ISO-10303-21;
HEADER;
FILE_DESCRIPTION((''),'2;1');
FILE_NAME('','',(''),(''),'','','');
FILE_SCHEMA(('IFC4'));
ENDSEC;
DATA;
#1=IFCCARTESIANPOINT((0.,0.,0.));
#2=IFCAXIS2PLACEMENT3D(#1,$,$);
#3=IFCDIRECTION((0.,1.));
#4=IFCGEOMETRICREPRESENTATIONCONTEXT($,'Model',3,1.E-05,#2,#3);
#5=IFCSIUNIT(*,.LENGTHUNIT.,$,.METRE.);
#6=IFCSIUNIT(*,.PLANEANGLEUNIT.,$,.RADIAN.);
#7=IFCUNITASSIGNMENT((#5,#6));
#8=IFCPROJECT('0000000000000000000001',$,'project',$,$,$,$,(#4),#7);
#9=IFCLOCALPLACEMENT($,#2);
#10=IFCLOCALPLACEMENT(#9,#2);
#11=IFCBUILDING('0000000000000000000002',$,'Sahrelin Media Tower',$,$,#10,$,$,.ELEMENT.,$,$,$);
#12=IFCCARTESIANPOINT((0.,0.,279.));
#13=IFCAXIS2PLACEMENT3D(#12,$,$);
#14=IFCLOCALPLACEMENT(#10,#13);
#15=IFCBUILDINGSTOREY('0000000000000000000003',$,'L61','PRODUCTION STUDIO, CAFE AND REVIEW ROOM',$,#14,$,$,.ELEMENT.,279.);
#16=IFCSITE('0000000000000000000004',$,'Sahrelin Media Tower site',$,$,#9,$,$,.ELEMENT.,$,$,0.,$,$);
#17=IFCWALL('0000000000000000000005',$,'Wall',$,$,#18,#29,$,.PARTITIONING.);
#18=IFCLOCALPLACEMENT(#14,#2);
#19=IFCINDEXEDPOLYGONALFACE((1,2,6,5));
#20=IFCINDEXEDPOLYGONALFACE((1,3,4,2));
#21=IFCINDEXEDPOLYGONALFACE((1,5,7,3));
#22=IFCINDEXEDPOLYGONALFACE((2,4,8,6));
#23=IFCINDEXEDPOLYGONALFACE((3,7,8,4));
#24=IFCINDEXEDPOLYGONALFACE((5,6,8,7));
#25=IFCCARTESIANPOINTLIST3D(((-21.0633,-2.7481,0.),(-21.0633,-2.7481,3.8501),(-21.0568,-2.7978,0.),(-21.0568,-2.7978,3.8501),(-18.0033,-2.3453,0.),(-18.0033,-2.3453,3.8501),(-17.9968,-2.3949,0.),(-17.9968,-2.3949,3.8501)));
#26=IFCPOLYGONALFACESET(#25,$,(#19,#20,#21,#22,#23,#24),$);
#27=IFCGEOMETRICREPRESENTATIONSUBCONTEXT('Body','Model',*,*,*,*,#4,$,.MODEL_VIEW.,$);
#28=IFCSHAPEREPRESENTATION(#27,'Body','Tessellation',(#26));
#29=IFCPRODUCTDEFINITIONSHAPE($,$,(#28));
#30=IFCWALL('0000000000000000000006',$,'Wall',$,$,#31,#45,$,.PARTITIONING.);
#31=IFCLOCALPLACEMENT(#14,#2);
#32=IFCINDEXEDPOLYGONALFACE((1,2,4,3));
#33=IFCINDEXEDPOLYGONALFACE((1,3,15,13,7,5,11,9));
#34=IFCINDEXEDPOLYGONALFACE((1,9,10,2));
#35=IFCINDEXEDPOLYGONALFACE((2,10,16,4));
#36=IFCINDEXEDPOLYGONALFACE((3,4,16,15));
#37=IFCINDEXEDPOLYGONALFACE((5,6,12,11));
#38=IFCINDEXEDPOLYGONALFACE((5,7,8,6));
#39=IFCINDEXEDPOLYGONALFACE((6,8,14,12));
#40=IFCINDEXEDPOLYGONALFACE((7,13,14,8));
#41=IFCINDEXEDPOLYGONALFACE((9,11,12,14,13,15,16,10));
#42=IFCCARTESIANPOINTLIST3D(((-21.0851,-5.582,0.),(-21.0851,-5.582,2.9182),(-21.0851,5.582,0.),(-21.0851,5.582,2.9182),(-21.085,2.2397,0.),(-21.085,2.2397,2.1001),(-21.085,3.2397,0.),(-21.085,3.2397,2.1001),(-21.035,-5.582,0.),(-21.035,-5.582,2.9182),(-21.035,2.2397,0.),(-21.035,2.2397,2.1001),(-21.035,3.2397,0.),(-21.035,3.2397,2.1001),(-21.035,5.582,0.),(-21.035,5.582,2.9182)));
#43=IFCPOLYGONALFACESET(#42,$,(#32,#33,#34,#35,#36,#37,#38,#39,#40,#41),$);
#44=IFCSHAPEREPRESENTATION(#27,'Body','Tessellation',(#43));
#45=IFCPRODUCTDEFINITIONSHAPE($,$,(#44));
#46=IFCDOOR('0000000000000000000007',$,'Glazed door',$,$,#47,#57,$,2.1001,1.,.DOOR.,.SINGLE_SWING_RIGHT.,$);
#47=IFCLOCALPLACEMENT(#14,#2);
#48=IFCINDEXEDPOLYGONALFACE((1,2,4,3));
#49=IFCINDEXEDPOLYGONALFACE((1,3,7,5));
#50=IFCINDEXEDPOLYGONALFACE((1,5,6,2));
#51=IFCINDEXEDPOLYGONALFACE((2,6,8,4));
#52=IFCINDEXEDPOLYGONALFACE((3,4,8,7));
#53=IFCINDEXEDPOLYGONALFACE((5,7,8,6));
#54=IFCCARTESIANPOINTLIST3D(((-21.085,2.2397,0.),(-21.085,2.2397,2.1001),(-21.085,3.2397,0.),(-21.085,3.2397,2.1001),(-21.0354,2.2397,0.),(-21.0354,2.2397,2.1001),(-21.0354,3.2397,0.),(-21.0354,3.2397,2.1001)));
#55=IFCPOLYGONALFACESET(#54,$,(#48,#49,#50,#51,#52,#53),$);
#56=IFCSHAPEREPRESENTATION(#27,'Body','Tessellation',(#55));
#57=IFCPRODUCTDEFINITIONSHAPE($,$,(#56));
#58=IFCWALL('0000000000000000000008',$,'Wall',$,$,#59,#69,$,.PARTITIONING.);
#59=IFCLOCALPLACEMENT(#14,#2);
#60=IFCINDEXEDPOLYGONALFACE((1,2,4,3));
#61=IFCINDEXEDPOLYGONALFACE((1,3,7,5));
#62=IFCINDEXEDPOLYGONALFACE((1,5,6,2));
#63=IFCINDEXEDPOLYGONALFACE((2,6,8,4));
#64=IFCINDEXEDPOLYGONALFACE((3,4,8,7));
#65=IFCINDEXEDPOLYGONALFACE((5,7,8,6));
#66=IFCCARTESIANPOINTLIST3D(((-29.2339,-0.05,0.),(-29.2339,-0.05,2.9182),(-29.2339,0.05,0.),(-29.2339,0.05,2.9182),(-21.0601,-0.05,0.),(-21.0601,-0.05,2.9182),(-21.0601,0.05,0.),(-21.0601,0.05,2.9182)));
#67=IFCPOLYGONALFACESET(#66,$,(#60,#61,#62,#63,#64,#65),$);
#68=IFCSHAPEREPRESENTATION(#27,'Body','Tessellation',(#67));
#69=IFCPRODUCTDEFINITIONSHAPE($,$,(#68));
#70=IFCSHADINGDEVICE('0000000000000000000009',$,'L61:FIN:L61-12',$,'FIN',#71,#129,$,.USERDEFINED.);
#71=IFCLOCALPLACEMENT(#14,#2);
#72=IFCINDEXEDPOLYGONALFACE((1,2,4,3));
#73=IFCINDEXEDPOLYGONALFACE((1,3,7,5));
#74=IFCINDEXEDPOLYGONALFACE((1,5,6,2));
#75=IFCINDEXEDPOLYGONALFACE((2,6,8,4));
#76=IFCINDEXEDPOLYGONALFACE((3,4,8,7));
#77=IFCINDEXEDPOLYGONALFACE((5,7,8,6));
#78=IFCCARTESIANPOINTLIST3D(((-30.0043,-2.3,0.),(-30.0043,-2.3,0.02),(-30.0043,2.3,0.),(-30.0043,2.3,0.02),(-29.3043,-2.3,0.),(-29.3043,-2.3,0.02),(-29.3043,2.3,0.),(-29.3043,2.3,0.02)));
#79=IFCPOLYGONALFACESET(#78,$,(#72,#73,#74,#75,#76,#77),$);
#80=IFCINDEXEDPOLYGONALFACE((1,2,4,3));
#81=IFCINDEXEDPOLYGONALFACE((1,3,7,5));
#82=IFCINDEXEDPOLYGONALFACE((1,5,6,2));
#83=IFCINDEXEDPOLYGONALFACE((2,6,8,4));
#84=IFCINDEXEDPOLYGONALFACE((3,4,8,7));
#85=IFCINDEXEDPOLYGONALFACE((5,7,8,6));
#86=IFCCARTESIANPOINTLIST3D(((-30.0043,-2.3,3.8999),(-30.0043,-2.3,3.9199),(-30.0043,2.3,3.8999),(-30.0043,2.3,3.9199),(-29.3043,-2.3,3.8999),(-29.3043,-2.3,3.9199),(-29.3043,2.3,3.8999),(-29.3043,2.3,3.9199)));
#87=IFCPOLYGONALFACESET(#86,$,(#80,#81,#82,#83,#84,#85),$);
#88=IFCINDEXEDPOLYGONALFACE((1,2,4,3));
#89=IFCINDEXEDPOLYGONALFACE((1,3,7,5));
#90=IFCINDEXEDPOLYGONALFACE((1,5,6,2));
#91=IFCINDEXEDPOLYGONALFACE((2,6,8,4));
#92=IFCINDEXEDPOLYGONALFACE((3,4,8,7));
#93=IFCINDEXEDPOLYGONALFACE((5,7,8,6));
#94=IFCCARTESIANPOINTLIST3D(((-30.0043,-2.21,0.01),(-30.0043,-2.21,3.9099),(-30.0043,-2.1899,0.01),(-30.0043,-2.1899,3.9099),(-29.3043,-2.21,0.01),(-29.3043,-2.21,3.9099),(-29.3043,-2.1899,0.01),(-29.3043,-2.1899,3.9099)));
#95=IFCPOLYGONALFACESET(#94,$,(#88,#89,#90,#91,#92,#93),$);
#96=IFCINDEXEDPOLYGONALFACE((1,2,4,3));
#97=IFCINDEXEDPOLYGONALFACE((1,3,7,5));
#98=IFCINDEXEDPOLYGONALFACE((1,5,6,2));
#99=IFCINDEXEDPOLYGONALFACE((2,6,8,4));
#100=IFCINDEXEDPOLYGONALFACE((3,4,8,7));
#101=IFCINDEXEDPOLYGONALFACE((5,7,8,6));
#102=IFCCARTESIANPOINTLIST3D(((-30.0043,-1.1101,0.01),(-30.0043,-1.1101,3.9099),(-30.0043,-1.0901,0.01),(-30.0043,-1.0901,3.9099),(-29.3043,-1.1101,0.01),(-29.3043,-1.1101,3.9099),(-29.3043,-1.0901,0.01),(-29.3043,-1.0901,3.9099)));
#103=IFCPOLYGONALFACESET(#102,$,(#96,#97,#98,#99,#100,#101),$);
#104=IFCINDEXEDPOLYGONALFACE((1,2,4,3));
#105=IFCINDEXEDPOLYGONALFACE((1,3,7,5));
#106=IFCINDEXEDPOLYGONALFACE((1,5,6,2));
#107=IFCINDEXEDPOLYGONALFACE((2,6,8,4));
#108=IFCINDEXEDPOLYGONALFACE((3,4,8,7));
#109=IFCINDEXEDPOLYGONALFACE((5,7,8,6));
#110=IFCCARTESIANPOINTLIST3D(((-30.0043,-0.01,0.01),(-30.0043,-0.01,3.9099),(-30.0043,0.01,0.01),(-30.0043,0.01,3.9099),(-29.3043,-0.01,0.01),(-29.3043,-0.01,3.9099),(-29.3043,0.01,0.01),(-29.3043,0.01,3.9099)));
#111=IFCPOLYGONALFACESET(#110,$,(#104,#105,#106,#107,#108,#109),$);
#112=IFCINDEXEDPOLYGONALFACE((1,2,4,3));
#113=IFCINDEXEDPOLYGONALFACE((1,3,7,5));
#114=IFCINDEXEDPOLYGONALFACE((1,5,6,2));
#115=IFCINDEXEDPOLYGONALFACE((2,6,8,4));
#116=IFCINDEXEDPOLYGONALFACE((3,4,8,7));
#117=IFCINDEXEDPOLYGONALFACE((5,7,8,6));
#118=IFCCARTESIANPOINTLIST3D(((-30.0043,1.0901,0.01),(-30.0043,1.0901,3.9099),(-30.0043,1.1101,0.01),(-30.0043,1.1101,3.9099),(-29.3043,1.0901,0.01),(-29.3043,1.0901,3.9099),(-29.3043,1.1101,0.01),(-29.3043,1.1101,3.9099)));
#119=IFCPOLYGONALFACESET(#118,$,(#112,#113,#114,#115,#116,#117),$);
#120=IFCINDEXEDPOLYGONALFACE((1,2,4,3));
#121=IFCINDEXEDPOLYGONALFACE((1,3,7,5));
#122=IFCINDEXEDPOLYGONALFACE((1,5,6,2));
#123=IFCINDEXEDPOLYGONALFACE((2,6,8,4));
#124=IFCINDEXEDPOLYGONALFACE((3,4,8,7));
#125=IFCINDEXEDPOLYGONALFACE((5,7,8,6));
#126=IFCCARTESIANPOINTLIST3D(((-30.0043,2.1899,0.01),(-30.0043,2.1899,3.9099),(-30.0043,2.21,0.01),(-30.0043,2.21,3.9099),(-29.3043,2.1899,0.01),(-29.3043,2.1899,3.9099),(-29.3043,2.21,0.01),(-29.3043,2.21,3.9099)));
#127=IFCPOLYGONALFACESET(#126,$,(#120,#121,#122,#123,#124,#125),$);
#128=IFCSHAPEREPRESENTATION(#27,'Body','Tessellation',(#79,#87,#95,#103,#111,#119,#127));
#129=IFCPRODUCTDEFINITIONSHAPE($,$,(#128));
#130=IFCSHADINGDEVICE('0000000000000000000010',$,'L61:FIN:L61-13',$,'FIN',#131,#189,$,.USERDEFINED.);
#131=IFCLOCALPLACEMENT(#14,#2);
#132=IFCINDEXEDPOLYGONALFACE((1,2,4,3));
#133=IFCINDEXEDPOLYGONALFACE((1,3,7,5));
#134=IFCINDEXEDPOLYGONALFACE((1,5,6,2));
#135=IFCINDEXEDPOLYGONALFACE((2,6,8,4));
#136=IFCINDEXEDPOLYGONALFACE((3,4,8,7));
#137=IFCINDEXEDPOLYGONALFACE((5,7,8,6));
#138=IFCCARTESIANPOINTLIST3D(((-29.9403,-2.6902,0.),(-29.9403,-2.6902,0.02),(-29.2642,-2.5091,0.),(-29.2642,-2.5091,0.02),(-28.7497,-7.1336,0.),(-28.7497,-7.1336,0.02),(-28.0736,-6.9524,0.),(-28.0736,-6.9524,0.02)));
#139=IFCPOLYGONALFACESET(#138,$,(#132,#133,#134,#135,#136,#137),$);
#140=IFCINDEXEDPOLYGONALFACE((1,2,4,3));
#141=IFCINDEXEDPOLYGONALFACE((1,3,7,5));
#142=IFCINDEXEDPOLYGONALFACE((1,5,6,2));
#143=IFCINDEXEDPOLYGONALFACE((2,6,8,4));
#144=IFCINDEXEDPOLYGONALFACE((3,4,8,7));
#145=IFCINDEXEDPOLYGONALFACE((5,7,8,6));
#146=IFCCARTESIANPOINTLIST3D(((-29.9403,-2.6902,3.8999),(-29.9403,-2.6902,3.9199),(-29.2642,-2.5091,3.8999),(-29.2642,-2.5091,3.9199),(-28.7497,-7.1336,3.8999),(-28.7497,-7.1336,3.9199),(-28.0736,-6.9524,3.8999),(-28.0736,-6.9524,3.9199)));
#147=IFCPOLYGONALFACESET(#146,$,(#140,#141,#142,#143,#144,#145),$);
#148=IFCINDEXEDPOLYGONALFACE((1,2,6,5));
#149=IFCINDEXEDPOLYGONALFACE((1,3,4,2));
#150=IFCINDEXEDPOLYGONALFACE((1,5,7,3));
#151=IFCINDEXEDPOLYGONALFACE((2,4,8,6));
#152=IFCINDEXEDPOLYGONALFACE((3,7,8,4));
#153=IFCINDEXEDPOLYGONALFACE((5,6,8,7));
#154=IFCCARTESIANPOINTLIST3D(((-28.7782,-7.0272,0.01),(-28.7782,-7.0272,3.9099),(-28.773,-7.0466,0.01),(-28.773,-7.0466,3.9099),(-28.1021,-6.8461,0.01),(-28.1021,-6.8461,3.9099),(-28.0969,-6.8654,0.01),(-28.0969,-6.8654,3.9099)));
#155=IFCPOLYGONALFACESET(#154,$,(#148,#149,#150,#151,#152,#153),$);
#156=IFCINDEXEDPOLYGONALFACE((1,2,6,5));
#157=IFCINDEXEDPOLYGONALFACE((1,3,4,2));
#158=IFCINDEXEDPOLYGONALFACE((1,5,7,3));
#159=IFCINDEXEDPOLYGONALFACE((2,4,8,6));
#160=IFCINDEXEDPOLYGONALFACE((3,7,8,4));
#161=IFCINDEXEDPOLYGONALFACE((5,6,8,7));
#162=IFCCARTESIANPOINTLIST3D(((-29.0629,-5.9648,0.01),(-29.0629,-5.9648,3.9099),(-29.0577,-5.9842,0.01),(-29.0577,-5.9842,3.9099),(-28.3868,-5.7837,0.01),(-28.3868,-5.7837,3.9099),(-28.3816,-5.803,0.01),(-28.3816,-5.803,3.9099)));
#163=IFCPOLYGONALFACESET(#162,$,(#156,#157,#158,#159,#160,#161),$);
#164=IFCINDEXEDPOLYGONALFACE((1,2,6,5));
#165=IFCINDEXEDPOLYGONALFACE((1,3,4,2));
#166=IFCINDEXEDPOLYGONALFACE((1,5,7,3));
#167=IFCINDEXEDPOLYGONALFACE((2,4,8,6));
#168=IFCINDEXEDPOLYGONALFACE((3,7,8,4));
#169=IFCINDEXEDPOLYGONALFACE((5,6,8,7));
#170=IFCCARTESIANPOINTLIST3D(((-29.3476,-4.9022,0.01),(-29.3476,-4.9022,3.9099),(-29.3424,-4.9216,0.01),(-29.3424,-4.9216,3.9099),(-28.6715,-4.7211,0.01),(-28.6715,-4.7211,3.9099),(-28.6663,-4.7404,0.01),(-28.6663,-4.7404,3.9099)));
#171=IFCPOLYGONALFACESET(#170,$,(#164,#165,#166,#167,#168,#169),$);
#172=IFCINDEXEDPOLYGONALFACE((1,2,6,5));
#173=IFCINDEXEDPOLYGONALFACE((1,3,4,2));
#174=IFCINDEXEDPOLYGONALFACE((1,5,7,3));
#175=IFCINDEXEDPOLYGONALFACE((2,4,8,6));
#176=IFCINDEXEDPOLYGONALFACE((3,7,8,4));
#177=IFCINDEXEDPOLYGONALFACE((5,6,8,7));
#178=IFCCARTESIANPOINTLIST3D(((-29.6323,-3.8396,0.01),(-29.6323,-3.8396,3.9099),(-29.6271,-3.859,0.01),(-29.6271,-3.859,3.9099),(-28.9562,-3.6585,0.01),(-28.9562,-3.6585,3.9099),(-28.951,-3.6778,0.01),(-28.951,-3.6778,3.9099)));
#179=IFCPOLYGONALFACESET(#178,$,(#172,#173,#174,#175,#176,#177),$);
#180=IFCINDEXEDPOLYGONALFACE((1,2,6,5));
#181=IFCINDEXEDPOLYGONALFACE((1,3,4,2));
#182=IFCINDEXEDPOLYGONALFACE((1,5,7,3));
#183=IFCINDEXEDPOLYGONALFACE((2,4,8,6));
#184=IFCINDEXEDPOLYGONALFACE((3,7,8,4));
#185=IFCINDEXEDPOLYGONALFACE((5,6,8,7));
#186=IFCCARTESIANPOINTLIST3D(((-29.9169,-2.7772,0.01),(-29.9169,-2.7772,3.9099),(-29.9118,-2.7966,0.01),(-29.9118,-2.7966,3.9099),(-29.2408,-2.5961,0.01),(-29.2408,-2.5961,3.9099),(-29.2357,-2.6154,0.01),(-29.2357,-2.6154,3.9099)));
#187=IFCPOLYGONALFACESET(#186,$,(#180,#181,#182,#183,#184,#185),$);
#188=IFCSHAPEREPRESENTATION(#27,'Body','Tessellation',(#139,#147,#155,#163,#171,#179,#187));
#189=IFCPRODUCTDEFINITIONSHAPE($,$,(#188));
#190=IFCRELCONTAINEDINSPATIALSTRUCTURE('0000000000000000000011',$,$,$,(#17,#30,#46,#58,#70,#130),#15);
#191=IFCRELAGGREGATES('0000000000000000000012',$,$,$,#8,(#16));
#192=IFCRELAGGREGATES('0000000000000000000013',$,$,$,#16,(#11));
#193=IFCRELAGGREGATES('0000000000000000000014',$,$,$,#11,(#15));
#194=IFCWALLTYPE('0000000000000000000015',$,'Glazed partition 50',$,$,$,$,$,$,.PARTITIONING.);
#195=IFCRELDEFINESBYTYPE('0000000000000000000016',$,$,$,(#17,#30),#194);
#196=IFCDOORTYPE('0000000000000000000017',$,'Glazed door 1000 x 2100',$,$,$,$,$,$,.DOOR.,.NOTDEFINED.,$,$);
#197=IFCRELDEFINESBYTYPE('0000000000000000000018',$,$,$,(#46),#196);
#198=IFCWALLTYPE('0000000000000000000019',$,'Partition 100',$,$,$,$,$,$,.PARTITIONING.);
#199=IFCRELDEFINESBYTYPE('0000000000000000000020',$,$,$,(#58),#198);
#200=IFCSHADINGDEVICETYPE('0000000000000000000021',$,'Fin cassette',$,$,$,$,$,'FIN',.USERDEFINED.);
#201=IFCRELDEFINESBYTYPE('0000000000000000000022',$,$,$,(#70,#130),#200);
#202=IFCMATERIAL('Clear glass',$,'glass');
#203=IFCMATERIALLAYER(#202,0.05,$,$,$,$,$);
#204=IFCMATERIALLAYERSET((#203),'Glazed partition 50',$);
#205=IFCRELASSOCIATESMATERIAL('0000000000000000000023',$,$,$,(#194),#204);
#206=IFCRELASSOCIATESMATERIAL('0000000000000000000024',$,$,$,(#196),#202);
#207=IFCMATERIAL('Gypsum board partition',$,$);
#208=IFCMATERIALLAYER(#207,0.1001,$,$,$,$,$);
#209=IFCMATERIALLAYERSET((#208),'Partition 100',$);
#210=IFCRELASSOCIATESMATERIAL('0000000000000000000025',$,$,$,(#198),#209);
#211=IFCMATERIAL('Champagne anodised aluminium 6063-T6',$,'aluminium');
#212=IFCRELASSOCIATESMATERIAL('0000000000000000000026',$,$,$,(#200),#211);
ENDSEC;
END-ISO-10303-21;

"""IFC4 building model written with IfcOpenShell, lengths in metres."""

from ifc_helpers import new_model, si_unit, direction, frame, frame_2d, origin, origin_2d, place, context, subcontext, project, spatial, rectangle, extrude, material, layer, layer_set, type_object, element, fill, save


model = new_model("IFC4")

# Units and contexts
model_context = context("Model", 3, precision=1e-05, world=origin(), true_north=direction((0.0, 1.0)))
body_context = subcontext(model_context, "Body", "Model", "MODEL_VIEW")
ifc_project = project(units=[si_unit("LENGTHUNIT", "METRE"), si_unit("PLANEANGLEUNIT", "RADIAN")], contexts=[model_context])

# Site, building, storey
site_placement = place(None, origin())
site = spatial("IfcSite", under=ifc_project, at=site_placement, Name="Sahrelin Media Tower site", CompositionType="ELEMENT", RefElevation=0.0)
building_placement = place(site_placement, origin())
building = spatial("IfcBuilding", under=site, at=building_placement, Name="Sahrelin Media Tower", CompositionType="ELEMENT")
storey_placement = place(building_placement, frame((0.0, 0.0, 279.0)))
storey = spatial("IfcBuildingStorey", under=building, at=storey_placement, Name="L61", Description="PRODUCTION STUDIO, CAFE AND REVIEW ROOM", CompositionType="ELEMENT", Elevation=279.0)

# Shared definitions
ifc_material_1 = material(Name="Champagne anodised aluminium 6063-T6", Category="aluminium")

# Shared definitions
ifc_material_2 = material(Name="Clear glass", Category="glass")
ifc_layer_1 = layer(ifc_material_2, 0.05)
ifc_layer_set_1 = layer_set([ifc_layer_1], Name="Glazed partition 50")
wall_type_1 = type_object("IfcWallType", Name="Glazed partition 50", PredefinedType="PARTITIONING", material=ifc_layer_set_1)
door_type_1 = type_object("IfcDoorType", Name="Glazed door 1000 x 2100", OperationType="NOTDEFINED", PredefinedType="DOOR", material=ifc_material_2)

# Wall
wall_1_placement = place(storey_placement, frame((-21.0601, -2.7729, 0.0), z_axis=(0.0, 0.0, 1.0), x_axis=(0.991446, 0.130516, 0.0)))
element("IfcWall", 1, at=wall_1_placement, inside=storey, type_object=wall_type_1, Name="Wall", PredefinedType="PARTITIONING", context=body_context, shape_type="SweptSolid", body=[
    extrude(rectangle(XDim=3.0864, YDim=0.05, at=frame_2d((1.5432, 0.0))), origin(), (0.0, 0.0, 1.0), 3.8501),
])

# Wall, opening, door
wall_2_placement = place(storey_placement, frame((-21.0601, -5.582, 0.0), z_axis=(0.0, 0.0, 1.0), x_axis=(0.0, 1.0, 0.0)))
wall_2 = element("IfcWall", 2, at=wall_2_placement, inside=storey, type_object=wall_type_1, Name="Wall", PredefinedType="PARTITIONING", context=body_context, shape_type="SweptSolid", body=[
    extrude(rectangle(XDim=11.1641, YDim=0.05, at=frame_2d((5.582, 0.0))), origin(), (0.0, 0.0, 1.0), 2.9182),
])
opening_1_placement = place(wall_2_placement, frame((7.8218, 0.0, 0.0)))
opening_1 = element("IfcOpeningElement", 3, at=opening_1_placement, cuts=wall_2, PredefinedType="OPENING", context=body_context, shape_type="SweptSolid", body=[
    extrude(rectangle(XDim=1.0, YDim=2.1001, at=frame_2d((0.5, 1.05))), frame((0.0, 0.0249, 0.0), z_axis=(0.0, -1.0, 0.0), x_axis=(1.0, 0.0, 0.0)), (0.0, 0.0, 1.0), 0.05),
])
door_1_placement = place(opening_1_placement, origin())
door_1 = element("IfcDoor", 4, at=door_1_placement, inside=storey, type_object=door_type_1, Name="Glazed door", OperationType="SINGLE_SWING_RIGHT", OverallHeight=2.1001, OverallWidth=1.0, PredefinedType="DOOR", context=body_context, shape_type="SweptSolid", body=[
    extrude(rectangle(XDim=1.0, YDim=2.1001, at=frame_2d((0.5, 1.05))), frame((0.0, 0.0249, 0.0), z_axis=(0.0, -1.0, 0.0), x_axis=(1.0, 0.0, 0.0)), (0.0, 0.0, 1.0), 0.0496),
])
fill(opening_1, door_1)

# Wall
ifc_material_3 = material(Name="Gypsum board partition")
ifc_layer_2 = layer(ifc_material_3, 0.1001)
ifc_layer_set_2 = layer_set([ifc_layer_2], Name="Partition 100")
wall_type_2 = type_object("IfcWallType", Name="Partition 100", PredefinedType="PARTITIONING", material=ifc_layer_set_2)
wall_3_placement = place(storey_placement, frame((-29.2339, 0.0, 0.0), z_axis=(0.0, 0.0, 1.0), x_axis=(1.0, 0.0, 0.0)))
element("IfcWall", 5, at=wall_3_placement, inside=storey, type_object=wall_type_2, Name="Wall", PredefinedType="PARTITIONING", context=body_context, shape_type="SweptSolid", body=[
    extrude(rectangle(XDim=8.1738, YDim=0.1001, at=frame_2d((4.0869, 0.0))), origin(), (0.0, 0.0, 1.0), 2.9182),
])

# Shading devices
shading_device_type_1 = type_object("IfcShadingDeviceType", Name="Fin cassette", ElementType="FIN", PredefinedType="USERDEFINED", material=ifc_material_1)
placement_1 = place(storey_placement, frame((-29.2344, 0.0, 0.0), z_axis=(0.0, 0.0, 1.0), x_axis=(0.0, 1.0, 0.0)))
element("IfcShadingDevice", 6, at=placement_1, inside=storey, type_object=shading_device_type_1, Name="L61:FIN:L61-12", ObjectType="FIN", PredefinedType="USERDEFINED", context=body_context, shape_type="SweptSolid", body=[
    extrude(rectangle(XDim=4.6001, YDim=0.7, at=origin_2d()), frame((0.0, 0.4199, 0.0)), (0.0, 0.0, 1.0), 0.02),
    extrude(rectangle(XDim=4.6001, YDim=0.7, at=origin_2d()), frame((0.0, 0.4199, 3.8999)), (0.0, 0.0, 1.0), 0.02),
    extrude(rectangle(XDim=0.02, YDim=0.7, at=origin_2d()), frame((-2.2, 0.4199, 0.01), z_axis=(0.0, 0.0, 1.0), x_axis=(1.0, 0.0, 0.0)), (0.0, 0.0, 1.0), 3.8999),
    extrude(rectangle(XDim=0.02, YDim=0.7, at=origin_2d()), frame((-1.1001, 0.4199, 0.01), z_axis=(0.0, 0.0, 1.0), x_axis=(1.0, 0.0, 0.0)), (0.0, 0.0, 1.0), 3.8999),
    extrude(rectangle(XDim=0.02, YDim=0.7, at=origin_2d()), frame((0.0, 0.4199, 0.01), z_axis=(0.0, 0.0, 1.0), x_axis=(1.0, 0.0, 0.0)), (0.0, 0.0, 1.0), 3.8999),
    extrude(rectangle(XDim=0.02, YDim=0.7, at=origin_2d()), frame((1.1001, 0.4199, 0.01), z_axis=(0.0, 0.0, 1.0), x_axis=(1.0, 0.0, 0.0)), (0.0, 0.0, 1.0), 3.8999),
    extrude(rectangle(XDim=0.02, YDim=0.7, at=origin_2d()), frame((2.2, 0.4199, 0.01), z_axis=(0.0, 0.0, 1.0), x_axis=(1.0, 0.0, 0.0)), (0.0, 0.0, 1.0), 3.8999),
])
placement_2 = place(storey_placement, frame((-28.6013, -4.7126, 0.0), z_axis=(0.0, 0.0, 1.0), x_axis=(-0.258808, 0.965929, 0.0)))
element("IfcShadingDevice", 7, at=placement_2, inside=storey, type_object=shading_device_type_1, Name="L61:FIN:L61-13", ObjectType="FIN", PredefinedType="USERDEFINED", context=body_context, shape_type="SweptSolid", body=[
    extrude(rectangle(XDim=4.6001, YDim=0.7, at=origin_2d()), frame((0.0, 0.4199, 0.0)), (0.0, 0.0, 1.0), 0.02),
    extrude(rectangle(XDim=4.6001, YDim=0.7, at=origin_2d()), frame((0.0, 0.4199, 3.8999)), (0.0, 0.0, 1.0), 0.02),
    extrude(rectangle(XDim=0.02, YDim=0.7, at=origin_2d()), frame((-2.2, 0.4199, 0.01), z_axis=(0.0, 0.0, 1.0), x_axis=(1.0, 0.0, 0.0)), (0.0, 0.0, 1.0), 3.8999),
    extrude(rectangle(XDim=0.02, YDim=0.7, at=origin_2d()), frame((-1.1001, 0.4199, 0.01), z_axis=(0.0, 0.0, 1.0), x_axis=(1.0, 0.0, 0.0)), (0.0, 0.0, 1.0), 3.8999),
    extrude(rectangle(XDim=0.02, YDim=0.7, at=origin_2d()), frame((0.0, 0.4199, 0.01), z_axis=(0.0, 0.0, 1.0), x_axis=(1.0, 0.0, 0.0)), (0.0, 0.0, 1.0), 3.8999),
    extrude(rectangle(XDim=0.02, YDim=0.7, at=origin_2d()), frame((1.1001, 0.4199, 0.01), z_axis=(0.0, 0.0, 1.0), x_axis=(1.0, 0.0, 0.0)), (0.0, 0.0, 1.0), 3.8999),
    extrude(rectangle(XDim=0.02, YDim=0.7, at=origin_2d()), frame((2.2, 0.4199, 0.01), z_axis=(0.0, 0.0, 1.0), x_axis=(1.0, 0.0, 0.0)), (0.0, 0.0, 1.0), 3.8999),
])

save(model, "model.ifc")
